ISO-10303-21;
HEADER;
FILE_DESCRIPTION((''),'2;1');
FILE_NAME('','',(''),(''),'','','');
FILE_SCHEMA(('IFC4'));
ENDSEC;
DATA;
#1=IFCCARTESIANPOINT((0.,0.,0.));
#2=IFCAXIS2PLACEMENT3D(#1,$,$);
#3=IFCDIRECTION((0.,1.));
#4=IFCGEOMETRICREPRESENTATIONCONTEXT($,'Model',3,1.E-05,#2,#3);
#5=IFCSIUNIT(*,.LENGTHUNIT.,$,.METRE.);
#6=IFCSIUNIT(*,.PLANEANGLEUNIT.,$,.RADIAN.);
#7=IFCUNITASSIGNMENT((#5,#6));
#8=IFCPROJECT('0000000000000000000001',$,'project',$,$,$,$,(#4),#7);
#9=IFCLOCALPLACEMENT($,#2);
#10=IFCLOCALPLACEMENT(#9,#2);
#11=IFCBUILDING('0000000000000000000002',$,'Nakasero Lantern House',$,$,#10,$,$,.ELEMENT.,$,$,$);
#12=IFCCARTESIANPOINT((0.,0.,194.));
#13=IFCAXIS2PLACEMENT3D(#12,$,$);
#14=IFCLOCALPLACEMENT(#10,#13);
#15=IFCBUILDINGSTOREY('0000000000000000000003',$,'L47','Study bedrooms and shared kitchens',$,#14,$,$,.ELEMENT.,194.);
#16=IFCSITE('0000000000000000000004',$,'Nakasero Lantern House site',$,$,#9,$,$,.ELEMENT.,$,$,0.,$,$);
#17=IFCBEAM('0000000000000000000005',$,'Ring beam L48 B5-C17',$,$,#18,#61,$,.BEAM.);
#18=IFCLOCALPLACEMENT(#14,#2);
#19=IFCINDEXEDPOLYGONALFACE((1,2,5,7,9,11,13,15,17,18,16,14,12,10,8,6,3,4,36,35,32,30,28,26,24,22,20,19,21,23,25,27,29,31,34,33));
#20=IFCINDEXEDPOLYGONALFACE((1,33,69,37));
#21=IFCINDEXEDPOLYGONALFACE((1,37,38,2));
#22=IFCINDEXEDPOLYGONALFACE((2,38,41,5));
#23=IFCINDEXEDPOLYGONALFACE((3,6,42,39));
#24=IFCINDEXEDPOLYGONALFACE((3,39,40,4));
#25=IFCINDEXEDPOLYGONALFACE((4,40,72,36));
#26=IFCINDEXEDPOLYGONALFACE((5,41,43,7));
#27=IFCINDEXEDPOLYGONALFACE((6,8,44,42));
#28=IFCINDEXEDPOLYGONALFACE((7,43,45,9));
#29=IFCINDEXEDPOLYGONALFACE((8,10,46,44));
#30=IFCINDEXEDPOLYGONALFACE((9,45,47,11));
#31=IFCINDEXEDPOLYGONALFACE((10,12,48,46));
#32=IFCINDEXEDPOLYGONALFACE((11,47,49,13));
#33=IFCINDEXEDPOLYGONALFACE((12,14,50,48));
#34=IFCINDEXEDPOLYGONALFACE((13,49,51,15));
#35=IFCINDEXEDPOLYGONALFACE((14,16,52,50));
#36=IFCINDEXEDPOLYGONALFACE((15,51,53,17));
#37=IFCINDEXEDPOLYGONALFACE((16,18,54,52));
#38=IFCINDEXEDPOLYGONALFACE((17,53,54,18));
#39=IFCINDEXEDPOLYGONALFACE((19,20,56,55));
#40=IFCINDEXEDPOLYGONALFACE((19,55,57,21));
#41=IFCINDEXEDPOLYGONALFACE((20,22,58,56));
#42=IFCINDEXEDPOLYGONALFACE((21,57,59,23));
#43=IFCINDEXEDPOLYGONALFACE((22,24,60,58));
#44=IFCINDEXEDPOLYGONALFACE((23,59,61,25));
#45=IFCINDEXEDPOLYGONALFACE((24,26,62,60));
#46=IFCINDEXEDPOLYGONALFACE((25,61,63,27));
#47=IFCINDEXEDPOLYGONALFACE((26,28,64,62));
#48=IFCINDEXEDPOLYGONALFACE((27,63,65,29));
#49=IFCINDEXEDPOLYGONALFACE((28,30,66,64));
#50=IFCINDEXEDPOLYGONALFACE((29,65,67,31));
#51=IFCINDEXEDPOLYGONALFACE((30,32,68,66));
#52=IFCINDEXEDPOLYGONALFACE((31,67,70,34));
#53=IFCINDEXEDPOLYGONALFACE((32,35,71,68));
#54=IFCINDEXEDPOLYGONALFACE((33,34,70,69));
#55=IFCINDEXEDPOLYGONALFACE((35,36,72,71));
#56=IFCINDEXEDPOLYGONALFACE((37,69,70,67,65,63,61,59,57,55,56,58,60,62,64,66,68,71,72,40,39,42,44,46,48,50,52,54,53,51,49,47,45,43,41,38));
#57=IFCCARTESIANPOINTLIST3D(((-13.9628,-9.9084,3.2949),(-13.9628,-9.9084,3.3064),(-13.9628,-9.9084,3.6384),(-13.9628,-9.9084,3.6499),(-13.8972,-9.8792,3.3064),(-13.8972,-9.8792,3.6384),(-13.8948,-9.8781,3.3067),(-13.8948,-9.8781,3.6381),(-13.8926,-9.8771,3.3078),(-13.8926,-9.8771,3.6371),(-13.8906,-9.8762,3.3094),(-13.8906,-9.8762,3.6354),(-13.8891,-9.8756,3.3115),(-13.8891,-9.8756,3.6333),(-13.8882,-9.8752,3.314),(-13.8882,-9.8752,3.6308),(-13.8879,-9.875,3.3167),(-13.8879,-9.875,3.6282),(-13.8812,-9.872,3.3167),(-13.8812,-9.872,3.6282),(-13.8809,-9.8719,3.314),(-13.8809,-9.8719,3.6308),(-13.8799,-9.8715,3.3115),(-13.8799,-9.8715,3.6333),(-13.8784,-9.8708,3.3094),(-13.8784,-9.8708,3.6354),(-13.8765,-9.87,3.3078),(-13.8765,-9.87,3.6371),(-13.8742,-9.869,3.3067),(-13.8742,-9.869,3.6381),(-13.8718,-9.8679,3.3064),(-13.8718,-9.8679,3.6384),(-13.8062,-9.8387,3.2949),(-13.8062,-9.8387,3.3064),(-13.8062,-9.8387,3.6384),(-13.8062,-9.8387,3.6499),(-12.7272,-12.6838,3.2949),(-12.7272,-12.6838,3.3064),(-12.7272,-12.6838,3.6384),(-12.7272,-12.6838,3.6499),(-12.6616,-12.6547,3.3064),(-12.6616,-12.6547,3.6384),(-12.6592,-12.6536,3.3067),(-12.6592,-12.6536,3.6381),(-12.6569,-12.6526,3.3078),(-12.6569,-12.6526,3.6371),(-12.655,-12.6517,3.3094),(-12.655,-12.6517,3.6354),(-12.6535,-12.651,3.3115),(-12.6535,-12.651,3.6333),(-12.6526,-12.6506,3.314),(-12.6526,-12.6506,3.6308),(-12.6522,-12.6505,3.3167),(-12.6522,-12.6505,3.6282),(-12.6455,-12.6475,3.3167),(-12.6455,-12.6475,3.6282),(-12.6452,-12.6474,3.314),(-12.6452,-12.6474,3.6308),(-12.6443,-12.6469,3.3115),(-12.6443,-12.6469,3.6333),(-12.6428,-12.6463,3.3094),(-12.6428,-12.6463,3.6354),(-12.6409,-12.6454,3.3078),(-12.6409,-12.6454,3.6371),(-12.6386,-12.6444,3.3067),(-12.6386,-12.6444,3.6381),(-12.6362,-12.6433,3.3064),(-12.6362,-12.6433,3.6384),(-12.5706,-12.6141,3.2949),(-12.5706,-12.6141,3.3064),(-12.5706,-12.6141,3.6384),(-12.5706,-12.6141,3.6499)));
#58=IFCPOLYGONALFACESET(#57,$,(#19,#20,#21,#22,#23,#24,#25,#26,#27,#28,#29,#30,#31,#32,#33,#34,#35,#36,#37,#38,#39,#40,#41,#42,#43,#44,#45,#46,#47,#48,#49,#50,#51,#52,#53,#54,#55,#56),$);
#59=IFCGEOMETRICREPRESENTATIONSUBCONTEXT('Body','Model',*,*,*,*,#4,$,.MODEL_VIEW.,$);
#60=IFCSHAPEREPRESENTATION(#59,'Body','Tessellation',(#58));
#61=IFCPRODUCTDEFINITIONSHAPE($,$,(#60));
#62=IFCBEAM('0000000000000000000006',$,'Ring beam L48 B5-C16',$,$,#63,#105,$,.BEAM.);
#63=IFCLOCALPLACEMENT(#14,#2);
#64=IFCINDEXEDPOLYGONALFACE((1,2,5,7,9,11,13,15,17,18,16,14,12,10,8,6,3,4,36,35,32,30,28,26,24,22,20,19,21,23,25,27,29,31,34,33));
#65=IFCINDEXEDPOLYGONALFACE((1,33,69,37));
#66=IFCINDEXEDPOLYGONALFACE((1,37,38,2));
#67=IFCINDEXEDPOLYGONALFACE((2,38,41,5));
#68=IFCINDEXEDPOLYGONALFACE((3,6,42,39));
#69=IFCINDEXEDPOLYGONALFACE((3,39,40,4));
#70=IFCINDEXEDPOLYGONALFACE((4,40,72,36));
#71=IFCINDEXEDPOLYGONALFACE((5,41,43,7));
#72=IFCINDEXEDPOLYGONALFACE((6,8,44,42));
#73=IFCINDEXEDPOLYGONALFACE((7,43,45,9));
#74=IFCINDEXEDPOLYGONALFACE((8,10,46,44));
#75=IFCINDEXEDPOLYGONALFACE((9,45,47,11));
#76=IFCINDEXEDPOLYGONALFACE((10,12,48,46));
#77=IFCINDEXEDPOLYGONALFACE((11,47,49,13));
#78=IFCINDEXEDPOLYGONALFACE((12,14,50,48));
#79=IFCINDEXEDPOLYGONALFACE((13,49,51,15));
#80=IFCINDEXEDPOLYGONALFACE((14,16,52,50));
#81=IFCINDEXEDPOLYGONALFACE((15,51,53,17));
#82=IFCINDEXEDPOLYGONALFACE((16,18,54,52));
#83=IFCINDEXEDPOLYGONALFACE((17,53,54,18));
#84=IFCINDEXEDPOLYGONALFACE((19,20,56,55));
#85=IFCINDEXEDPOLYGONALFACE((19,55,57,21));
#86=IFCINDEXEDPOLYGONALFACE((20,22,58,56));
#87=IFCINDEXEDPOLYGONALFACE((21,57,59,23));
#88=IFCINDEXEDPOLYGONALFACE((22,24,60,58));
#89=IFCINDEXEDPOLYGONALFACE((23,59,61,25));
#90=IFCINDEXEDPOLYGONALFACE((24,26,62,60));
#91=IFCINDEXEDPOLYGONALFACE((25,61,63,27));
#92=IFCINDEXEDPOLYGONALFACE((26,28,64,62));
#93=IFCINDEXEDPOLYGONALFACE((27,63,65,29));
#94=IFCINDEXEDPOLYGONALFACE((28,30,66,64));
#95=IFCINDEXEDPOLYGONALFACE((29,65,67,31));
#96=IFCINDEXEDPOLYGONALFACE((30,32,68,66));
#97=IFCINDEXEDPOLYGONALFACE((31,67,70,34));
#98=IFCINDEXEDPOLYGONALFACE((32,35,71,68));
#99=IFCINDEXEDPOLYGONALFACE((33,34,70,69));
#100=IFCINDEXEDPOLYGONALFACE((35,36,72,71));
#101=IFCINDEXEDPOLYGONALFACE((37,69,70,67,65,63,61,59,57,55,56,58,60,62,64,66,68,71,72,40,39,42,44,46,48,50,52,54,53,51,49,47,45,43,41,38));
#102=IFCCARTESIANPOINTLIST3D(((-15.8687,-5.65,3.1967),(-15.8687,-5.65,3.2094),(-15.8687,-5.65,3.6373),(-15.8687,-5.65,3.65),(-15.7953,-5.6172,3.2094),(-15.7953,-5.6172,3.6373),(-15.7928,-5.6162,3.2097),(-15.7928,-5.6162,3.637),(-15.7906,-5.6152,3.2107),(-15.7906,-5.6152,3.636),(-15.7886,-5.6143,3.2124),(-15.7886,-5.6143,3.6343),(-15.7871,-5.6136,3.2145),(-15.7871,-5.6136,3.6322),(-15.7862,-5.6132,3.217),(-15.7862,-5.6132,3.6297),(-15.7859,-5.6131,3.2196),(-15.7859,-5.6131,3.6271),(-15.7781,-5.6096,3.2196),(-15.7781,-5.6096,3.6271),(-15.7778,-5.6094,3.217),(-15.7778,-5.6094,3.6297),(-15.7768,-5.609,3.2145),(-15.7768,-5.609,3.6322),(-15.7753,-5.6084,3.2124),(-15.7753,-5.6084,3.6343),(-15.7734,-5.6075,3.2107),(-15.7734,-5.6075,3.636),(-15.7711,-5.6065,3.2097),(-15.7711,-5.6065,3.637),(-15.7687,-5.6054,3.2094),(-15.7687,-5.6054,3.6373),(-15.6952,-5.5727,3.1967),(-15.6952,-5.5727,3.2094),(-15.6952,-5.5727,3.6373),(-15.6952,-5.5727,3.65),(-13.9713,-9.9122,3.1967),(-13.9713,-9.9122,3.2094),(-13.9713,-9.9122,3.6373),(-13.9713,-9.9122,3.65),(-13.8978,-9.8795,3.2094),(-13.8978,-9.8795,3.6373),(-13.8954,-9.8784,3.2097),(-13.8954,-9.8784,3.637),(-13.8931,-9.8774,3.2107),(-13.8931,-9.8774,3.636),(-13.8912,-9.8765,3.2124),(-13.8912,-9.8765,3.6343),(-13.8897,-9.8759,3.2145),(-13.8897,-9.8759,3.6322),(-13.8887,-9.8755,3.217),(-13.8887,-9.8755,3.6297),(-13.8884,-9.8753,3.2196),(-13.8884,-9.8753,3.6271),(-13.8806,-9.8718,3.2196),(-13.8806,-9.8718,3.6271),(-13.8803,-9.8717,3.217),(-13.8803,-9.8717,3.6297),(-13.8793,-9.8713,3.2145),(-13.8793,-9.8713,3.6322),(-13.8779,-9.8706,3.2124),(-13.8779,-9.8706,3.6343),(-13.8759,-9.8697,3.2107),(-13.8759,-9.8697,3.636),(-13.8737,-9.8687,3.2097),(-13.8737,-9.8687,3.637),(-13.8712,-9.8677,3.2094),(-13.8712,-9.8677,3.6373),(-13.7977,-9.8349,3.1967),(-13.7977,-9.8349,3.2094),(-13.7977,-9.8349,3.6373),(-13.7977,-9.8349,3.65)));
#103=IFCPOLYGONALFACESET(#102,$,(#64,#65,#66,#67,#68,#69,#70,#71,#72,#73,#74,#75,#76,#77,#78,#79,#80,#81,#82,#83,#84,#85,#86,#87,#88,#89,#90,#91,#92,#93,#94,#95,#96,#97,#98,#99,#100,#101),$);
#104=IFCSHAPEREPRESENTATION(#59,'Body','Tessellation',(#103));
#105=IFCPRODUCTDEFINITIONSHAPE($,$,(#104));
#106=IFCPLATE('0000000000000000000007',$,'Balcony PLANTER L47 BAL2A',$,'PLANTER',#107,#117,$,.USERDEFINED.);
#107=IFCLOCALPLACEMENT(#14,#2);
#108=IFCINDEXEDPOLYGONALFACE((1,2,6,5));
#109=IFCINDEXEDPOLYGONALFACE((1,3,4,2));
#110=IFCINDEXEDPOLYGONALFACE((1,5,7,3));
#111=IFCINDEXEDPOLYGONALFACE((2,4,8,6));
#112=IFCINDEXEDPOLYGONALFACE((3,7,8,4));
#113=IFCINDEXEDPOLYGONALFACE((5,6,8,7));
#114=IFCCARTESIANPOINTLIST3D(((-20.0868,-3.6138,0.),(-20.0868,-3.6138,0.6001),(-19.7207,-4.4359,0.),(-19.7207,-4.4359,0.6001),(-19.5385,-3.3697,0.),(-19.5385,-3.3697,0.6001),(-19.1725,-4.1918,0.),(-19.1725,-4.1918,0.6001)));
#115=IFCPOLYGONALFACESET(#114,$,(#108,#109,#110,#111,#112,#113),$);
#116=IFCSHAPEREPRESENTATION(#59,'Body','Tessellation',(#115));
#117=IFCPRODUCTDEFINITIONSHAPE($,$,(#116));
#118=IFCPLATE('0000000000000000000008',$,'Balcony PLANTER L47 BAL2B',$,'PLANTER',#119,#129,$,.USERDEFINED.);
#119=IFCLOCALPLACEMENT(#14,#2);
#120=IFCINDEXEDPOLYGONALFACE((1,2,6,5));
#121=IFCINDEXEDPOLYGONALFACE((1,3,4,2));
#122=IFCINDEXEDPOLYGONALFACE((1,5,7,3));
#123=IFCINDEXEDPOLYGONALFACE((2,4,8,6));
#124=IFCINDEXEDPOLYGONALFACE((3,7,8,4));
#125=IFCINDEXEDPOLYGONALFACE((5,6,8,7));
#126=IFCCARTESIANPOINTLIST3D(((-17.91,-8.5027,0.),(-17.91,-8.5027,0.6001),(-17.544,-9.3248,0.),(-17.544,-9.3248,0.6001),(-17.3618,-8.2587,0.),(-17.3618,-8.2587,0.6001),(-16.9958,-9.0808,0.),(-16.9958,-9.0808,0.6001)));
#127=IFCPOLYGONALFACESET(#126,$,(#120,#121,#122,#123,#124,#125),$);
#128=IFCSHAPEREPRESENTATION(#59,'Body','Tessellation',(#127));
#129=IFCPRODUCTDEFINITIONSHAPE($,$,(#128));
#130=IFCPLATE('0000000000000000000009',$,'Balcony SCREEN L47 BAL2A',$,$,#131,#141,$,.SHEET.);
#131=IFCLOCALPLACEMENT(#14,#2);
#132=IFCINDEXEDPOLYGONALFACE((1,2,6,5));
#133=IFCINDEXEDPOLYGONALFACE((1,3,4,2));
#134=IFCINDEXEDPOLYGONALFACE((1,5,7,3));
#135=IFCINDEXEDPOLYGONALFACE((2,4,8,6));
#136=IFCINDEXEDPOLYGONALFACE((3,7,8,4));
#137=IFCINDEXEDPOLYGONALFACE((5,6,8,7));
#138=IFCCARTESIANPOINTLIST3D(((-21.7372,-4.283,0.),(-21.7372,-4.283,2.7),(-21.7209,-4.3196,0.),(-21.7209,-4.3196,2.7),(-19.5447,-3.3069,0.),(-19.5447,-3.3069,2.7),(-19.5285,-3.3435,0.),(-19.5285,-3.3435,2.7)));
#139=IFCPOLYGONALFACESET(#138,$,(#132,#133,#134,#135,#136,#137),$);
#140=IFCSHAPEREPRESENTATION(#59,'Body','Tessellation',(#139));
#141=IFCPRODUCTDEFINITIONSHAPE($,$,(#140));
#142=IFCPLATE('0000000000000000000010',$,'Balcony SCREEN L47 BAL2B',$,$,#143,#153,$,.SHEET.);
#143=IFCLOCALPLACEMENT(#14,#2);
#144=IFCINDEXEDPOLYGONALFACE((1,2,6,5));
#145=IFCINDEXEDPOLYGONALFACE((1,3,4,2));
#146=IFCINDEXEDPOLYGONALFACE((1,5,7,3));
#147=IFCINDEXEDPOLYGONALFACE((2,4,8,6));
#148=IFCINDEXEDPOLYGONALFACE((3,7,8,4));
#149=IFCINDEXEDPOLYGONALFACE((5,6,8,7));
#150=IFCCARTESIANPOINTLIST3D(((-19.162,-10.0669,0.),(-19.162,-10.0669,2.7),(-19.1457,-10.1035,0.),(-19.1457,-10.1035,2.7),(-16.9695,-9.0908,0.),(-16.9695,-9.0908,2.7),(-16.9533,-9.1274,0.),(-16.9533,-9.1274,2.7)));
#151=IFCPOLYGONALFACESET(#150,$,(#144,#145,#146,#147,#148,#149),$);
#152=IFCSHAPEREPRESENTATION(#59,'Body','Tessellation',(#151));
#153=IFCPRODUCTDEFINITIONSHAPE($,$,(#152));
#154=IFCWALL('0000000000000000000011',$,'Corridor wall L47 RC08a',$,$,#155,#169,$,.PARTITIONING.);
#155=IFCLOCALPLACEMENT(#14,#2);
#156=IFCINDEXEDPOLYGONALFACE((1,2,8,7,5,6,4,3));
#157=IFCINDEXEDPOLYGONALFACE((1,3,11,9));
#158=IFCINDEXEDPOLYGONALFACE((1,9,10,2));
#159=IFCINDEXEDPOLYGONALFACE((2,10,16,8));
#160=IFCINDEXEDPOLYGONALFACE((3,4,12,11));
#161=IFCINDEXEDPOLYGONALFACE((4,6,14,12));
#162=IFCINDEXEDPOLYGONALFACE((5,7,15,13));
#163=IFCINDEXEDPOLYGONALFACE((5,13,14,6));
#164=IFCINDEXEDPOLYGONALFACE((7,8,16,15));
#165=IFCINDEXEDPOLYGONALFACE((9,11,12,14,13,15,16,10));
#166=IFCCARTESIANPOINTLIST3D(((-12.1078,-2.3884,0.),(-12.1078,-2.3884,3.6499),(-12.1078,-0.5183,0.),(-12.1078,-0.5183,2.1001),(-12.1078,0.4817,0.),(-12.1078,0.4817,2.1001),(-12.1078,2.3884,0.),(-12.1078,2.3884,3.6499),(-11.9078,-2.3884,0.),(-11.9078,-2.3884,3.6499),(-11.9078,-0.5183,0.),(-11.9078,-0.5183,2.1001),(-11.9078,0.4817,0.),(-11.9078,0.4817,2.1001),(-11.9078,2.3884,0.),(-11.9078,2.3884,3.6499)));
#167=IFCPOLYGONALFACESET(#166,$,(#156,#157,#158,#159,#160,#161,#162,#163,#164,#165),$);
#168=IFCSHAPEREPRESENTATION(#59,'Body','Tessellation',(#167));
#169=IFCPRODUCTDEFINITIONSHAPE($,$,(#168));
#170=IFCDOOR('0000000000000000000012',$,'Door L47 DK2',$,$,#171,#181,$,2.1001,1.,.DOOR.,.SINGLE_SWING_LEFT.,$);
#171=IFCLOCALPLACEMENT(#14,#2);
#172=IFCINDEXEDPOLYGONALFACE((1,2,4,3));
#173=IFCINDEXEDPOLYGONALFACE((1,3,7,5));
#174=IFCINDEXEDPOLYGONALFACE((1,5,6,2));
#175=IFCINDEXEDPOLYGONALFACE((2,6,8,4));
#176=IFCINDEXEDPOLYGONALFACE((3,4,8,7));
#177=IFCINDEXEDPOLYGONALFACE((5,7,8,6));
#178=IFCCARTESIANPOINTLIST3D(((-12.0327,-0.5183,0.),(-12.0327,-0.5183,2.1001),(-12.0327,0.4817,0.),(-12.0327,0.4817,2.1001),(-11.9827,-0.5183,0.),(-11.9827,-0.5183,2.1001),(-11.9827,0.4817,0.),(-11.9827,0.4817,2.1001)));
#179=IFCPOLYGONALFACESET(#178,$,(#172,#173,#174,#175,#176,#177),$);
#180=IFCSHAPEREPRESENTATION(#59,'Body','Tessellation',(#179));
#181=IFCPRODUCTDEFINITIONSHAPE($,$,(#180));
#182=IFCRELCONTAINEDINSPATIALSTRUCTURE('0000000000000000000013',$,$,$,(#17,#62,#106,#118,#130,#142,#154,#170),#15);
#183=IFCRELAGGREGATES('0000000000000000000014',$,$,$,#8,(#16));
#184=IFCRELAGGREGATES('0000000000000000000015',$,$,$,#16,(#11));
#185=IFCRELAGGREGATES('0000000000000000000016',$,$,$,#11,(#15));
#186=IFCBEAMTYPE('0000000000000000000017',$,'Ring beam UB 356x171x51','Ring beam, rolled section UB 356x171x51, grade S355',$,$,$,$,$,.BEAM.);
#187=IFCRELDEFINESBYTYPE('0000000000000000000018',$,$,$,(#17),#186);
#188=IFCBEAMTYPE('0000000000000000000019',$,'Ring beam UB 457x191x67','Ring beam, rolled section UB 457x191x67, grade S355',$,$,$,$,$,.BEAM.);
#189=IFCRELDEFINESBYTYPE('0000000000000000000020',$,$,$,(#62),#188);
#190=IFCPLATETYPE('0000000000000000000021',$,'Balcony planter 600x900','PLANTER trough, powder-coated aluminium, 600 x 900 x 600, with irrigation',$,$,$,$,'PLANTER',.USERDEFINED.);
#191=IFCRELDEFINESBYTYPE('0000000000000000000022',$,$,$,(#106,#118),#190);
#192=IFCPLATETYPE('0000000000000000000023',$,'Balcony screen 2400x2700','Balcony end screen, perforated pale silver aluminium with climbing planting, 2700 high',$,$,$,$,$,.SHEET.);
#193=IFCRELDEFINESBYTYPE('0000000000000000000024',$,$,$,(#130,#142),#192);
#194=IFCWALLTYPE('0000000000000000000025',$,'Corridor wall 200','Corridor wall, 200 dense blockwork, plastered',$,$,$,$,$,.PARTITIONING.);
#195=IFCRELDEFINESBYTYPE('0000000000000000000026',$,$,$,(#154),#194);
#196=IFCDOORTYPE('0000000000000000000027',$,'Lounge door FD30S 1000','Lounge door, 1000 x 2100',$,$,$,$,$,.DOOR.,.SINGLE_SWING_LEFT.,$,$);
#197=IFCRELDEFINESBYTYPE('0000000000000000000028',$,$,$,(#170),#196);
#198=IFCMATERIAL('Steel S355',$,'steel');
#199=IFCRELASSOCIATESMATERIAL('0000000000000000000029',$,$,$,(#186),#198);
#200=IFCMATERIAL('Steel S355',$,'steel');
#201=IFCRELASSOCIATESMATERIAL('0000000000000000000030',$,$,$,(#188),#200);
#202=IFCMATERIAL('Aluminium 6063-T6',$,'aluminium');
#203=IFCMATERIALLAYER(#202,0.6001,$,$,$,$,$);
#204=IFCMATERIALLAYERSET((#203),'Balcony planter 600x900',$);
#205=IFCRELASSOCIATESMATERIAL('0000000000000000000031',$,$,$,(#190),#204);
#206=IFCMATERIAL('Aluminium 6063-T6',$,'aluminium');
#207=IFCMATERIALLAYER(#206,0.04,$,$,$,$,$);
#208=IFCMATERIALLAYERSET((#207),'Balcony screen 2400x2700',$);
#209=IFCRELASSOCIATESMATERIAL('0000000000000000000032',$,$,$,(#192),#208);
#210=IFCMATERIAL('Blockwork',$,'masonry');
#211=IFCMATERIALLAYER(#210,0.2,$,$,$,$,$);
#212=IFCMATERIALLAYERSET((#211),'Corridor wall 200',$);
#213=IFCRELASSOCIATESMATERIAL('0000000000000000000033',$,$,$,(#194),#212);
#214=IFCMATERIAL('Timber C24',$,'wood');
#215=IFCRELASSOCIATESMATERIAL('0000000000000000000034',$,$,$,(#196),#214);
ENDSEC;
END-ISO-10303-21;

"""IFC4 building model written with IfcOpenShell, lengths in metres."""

from ifc_helpers import new_model, si_unit, direction, frame, frame_2d, origin, origin_2d, place, context, subcontext, project, spatial, rectangle, i_section, extrude, material, layer, layer_set, material_profile, profile_set, type_object, element, fill, save


model = new_model("IFC4")

# Units and contexts
model_context = context("Model", 3, precision=1e-05, world=origin(), true_north=direction((0.0, 1.0)))
body_context = subcontext(model_context, "Body", "Model", "MODEL_VIEW")
ifc_project = project(units=[si_unit("LENGTHUNIT", "METRE"), si_unit("PLANEANGLEUNIT", "RADIAN")], contexts=[model_context])

# Site, building, storey
site_placement = place(None, origin())
site = spatial("IfcSite", under=ifc_project, at=site_placement, Name="Nakasero Lantern House site", CompositionType="ELEMENT", RefElevation=0.0)
building_placement = place(site_placement, origin())
building = spatial("IfcBuilding", under=site, at=building_placement, Name="Nakasero Lantern House", CompositionType="ELEMENT")
storey_placement = place(building_placement, frame((0.0, 0.0, 194.0)))
storey = spatial("IfcBuildingStorey", under=building, at=storey_placement, Name="L47", Description="Study bedrooms and shared kitchens", CompositionType="ELEMENT", Elevation=194.0)

# Beams
ifc_material_1 = material(Name="Steel S355", Category="steel")
ifc_material_profile_1 = material_profile(ifc_material_1, i_section(OverallWidth=0.1714, OverallDepth=0.355, WebThickness=0.0073, FlangeThickness=0.0115, FilletRadius=0.0103, at=origin_2d()), Name="UB 356x171x51")
ifc_profile_set_1 = profile_set([ifc_material_profile_1], Name="Steel S355")
beam_type_1 = type_object("IfcBeamType", Name="Ring beam UB 356x171x51", Description="Ring beam, rolled section UB 356x171x51, grade S355", PredefinedType="BEAM", material=ifc_profile_set_1)
beam_1_placement = place(storey_placement, frame((-13.8845, -9.8735, 3.4724), z_axis=(0.406713, -0.913556, 0.0), x_axis=(0.913556, 0.406713, 0.0)))
element("IfcBeam", 1, at=beam_1_placement, inside=storey, type_object=beam_type_1, Name="Ring beam L48 B5-C17", PredefinedType="BEAM", context=body_context, shape_type="SweptSolid", body=[
    extrude(i_section(OverallWidth=0.1714, OverallDepth=0.355, WebThickness=0.0073, FlangeThickness=0.0115, FilletRadius=0.0103, at=origin_2d()), origin(), (0.0, 0.0, 1.0), 3.0381),
])
ifc_material_2 = material(Name="Steel S355", Category="steel")
ifc_material_profile_2 = material_profile(ifc_material_2, i_section(OverallWidth=0.1899, OverallDepth=0.4534, WebThickness=0.0085, FlangeThickness=0.0127, FilletRadius=0.0103, at=origin_2d()), Name="UB 457x191x67")
ifc_profile_set_2 = profile_set([ifc_material_profile_2], Name="Steel S355")
beam_type_2 = type_object("IfcBeamType", Name="Ring beam UB 457x191x67", Description="Ring beam, rolled section UB 457x191x67, grade S355", PredefinedType="BEAM", material=ifc_profile_set_2)
beam_2_placement = place(storey_placement, frame((-15.782, -5.6113, 3.4233), z_axis=(0.406702, -0.913561, 0.0), x_axis=(0.913561, 0.406702, 0.0)))
element("IfcBeam", 2, at=beam_2_placement, inside=storey, type_object=beam_type_2, Name="Ring beam L48 B5-C16", PredefinedType="BEAM", context=body_context, shape_type="SweptSolid", body=[
    extrude(i_section(OverallWidth=0.1899, OverallDepth=0.4534, WebThickness=0.0085, FlangeThickness=0.0127, FilletRadius=0.0103, at=origin_2d()), origin(), (0.0, 0.0, 1.0), 4.6655),
])

# Plates
ifc_material_3 = material(Name="Aluminium 6063-T6", Category="aluminium")
ifc_layer_1 = layer(ifc_material_3, 0.6001)
ifc_layer_set_1 = layer_set([ifc_layer_1], Name="Balcony planter 600x900")
plate_type_1 = type_object("IfcPlateType", Name="Balcony planter 600x900", Description="PLANTER trough, powder-coated aluminium, 600 x 900 x 600, with irrigation", ElementType="PLANTER", PredefinedType="USERDEFINED", material=ifc_layer_set_1)
for number, where, z_axis, x_axis, name in (
    (3, (-19.6296, -3.9028, 0.0), (0.0, 0.0, 1.0), (-0.913545, -0.406737, 0.0), "Balcony PLANTER L47 BAL2A"),
    (4, (-17.4529, -8.7917, 0.0), (0.0, 0.0, 1.0), (-0.913545, -0.406737, 0.0), "Balcony PLANTER L47 BAL2B"),
):
    element("IfcPlate", number, at=place(storey_placement, frame(where, z_axis=z_axis, x_axis=x_axis)), inside=storey, type_object=plate_type_1, Name=name, ObjectType="PLANTER", PredefinedType="USERDEFINED", context=body_context, shape_type="SweptSolid", body=[
        extrude(rectangle(XDim=0.6001, YDim=0.8999, at=origin_2d()), origin(), (0.0, 0.0, 1.0), 0.6001),
    ])
ifc_material_4 = material(Name="Aluminium 6063-T6", Category="aluminium")
ifc_layer_2 = layer(ifc_material_4, 0.04)
ifc_layer_set_2 = layer_set([ifc_layer_2], Name="Balcony screen 2400x2700")
plate_type_2 = type_object("IfcPlateType", Name="Balcony screen 2400x2700", Description="Balcony end screen, perforated pale silver aluminium with climbing planting, 2700 high", PredefinedType="SHEET", material=ifc_layer_set_2)
for number, where, z_axis, x_axis, name in (
    (5, (-20.6328, -3.8132, 0.0), (0.0, 0.0, 1.0), (-0.913545, -0.406737, 0.0), "Balcony SCREEN L47 BAL2A"),
    (6, (-18.0576, -9.5972, 0.0), (0.0, 0.0, 1.0), (-0.913545, -0.406737, 0.0), "Balcony SCREEN L47 BAL2B"),
):
    element("IfcPlate", number, at=place(storey_placement, frame(where, z_axis=z_axis, x_axis=x_axis)), inside=storey, type_object=plate_type_2, Name=name, PredefinedType="SHEET", context=body_context, shape_type="SweptSolid", body=[
        extrude(rectangle(XDim=2.3999, YDim=0.04, at=origin_2d()), origin(), (0.0, 0.0, 1.0), 2.7),
    ])

# Wall, opening, door
ifc_material_5 = material(Name="Blockwork", Category="masonry")
ifc_layer_3 = layer(ifc_material_5, 0.2)
ifc_layer_set_3 = layer_set([ifc_layer_3], Name="Corridor wall 200")
wall_type_1 = type_object("IfcWallType", Name="Corridor wall 200", Description="Corridor wall, 200 dense blockwork, plastered", PredefinedType="PARTITIONING", material=ifc_layer_set_3)
wall_1_placement = place(storey_placement, frame((-12.0078, -2.3884, 0.0), z_axis=(0.0, 0.0, 1.0), x_axis=(0.0, 1.0, 0.0)))
wall_1 = element("IfcWall", 7, at=wall_1_placement, inside=storey, type_object=wall_type_1, Name="Corridor wall L47 RC08a", PredefinedType="PARTITIONING", context=body_context, shape_type="SweptSolid", body=[
    extrude(rectangle(XDim=4.7769, YDim=0.2, at=frame_2d((2.3884, 0.0))), origin(), (0.0, 0.0, 1.0), 3.6499),
])
opening_1_placement = place(wall_1_placement, frame((1.8701, 0.0, 0.0)))
opening_1 = element("IfcOpeningElement", 8, at=opening_1_placement, cuts=wall_1, PredefinedType="OPENING", context=body_context, shape_type="SweptSolid", body=[
    extrude(rectangle(XDim=1.0, YDim=2.1001, at=frame_2d((0.5, 1.05))), frame((0.0, 0.1199, 0.0), z_axis=(0.0, -1.0, 0.0), x_axis=(1.0, 0.0, 0.0)), (0.0, 0.0, 1.0), 0.24),
])
ifc_material_6 = material(Name="Timber C24", Category="wood")
door_type_1 = type_object("IfcDoorType", Name="Lounge door FD30S 1000", Description="Lounge door, 1000 x 2100", OperationType="SINGLE_SWING_LEFT", PredefinedType="DOOR", material=ifc_material_6)
door_1_placement = place(opening_1_placement, origin())
door_1 = element("IfcDoor", 9, at=door_1_placement, inside=storey, type_object=door_type_1, Name="Door L47 DK2", OperationType="SINGLE_SWING_LEFT", OverallHeight=2.1001, OverallWidth=1.0, PredefinedType="DOOR", context=body_context, shape_type="SweptSolid", body=[
    extrude(rectangle(XDim=1.0, YDim=2.1001, at=frame_2d((0.5, 1.05))), frame((0.0, 0.0249, 0.0), z_axis=(0.0, -1.0, 0.0), x_axis=(1.0, 0.0, 0.0)), (0.0, 0.0, 1.0), 0.05),
])
fill(opening_1, door_1)

save(model, "model.ifc")
